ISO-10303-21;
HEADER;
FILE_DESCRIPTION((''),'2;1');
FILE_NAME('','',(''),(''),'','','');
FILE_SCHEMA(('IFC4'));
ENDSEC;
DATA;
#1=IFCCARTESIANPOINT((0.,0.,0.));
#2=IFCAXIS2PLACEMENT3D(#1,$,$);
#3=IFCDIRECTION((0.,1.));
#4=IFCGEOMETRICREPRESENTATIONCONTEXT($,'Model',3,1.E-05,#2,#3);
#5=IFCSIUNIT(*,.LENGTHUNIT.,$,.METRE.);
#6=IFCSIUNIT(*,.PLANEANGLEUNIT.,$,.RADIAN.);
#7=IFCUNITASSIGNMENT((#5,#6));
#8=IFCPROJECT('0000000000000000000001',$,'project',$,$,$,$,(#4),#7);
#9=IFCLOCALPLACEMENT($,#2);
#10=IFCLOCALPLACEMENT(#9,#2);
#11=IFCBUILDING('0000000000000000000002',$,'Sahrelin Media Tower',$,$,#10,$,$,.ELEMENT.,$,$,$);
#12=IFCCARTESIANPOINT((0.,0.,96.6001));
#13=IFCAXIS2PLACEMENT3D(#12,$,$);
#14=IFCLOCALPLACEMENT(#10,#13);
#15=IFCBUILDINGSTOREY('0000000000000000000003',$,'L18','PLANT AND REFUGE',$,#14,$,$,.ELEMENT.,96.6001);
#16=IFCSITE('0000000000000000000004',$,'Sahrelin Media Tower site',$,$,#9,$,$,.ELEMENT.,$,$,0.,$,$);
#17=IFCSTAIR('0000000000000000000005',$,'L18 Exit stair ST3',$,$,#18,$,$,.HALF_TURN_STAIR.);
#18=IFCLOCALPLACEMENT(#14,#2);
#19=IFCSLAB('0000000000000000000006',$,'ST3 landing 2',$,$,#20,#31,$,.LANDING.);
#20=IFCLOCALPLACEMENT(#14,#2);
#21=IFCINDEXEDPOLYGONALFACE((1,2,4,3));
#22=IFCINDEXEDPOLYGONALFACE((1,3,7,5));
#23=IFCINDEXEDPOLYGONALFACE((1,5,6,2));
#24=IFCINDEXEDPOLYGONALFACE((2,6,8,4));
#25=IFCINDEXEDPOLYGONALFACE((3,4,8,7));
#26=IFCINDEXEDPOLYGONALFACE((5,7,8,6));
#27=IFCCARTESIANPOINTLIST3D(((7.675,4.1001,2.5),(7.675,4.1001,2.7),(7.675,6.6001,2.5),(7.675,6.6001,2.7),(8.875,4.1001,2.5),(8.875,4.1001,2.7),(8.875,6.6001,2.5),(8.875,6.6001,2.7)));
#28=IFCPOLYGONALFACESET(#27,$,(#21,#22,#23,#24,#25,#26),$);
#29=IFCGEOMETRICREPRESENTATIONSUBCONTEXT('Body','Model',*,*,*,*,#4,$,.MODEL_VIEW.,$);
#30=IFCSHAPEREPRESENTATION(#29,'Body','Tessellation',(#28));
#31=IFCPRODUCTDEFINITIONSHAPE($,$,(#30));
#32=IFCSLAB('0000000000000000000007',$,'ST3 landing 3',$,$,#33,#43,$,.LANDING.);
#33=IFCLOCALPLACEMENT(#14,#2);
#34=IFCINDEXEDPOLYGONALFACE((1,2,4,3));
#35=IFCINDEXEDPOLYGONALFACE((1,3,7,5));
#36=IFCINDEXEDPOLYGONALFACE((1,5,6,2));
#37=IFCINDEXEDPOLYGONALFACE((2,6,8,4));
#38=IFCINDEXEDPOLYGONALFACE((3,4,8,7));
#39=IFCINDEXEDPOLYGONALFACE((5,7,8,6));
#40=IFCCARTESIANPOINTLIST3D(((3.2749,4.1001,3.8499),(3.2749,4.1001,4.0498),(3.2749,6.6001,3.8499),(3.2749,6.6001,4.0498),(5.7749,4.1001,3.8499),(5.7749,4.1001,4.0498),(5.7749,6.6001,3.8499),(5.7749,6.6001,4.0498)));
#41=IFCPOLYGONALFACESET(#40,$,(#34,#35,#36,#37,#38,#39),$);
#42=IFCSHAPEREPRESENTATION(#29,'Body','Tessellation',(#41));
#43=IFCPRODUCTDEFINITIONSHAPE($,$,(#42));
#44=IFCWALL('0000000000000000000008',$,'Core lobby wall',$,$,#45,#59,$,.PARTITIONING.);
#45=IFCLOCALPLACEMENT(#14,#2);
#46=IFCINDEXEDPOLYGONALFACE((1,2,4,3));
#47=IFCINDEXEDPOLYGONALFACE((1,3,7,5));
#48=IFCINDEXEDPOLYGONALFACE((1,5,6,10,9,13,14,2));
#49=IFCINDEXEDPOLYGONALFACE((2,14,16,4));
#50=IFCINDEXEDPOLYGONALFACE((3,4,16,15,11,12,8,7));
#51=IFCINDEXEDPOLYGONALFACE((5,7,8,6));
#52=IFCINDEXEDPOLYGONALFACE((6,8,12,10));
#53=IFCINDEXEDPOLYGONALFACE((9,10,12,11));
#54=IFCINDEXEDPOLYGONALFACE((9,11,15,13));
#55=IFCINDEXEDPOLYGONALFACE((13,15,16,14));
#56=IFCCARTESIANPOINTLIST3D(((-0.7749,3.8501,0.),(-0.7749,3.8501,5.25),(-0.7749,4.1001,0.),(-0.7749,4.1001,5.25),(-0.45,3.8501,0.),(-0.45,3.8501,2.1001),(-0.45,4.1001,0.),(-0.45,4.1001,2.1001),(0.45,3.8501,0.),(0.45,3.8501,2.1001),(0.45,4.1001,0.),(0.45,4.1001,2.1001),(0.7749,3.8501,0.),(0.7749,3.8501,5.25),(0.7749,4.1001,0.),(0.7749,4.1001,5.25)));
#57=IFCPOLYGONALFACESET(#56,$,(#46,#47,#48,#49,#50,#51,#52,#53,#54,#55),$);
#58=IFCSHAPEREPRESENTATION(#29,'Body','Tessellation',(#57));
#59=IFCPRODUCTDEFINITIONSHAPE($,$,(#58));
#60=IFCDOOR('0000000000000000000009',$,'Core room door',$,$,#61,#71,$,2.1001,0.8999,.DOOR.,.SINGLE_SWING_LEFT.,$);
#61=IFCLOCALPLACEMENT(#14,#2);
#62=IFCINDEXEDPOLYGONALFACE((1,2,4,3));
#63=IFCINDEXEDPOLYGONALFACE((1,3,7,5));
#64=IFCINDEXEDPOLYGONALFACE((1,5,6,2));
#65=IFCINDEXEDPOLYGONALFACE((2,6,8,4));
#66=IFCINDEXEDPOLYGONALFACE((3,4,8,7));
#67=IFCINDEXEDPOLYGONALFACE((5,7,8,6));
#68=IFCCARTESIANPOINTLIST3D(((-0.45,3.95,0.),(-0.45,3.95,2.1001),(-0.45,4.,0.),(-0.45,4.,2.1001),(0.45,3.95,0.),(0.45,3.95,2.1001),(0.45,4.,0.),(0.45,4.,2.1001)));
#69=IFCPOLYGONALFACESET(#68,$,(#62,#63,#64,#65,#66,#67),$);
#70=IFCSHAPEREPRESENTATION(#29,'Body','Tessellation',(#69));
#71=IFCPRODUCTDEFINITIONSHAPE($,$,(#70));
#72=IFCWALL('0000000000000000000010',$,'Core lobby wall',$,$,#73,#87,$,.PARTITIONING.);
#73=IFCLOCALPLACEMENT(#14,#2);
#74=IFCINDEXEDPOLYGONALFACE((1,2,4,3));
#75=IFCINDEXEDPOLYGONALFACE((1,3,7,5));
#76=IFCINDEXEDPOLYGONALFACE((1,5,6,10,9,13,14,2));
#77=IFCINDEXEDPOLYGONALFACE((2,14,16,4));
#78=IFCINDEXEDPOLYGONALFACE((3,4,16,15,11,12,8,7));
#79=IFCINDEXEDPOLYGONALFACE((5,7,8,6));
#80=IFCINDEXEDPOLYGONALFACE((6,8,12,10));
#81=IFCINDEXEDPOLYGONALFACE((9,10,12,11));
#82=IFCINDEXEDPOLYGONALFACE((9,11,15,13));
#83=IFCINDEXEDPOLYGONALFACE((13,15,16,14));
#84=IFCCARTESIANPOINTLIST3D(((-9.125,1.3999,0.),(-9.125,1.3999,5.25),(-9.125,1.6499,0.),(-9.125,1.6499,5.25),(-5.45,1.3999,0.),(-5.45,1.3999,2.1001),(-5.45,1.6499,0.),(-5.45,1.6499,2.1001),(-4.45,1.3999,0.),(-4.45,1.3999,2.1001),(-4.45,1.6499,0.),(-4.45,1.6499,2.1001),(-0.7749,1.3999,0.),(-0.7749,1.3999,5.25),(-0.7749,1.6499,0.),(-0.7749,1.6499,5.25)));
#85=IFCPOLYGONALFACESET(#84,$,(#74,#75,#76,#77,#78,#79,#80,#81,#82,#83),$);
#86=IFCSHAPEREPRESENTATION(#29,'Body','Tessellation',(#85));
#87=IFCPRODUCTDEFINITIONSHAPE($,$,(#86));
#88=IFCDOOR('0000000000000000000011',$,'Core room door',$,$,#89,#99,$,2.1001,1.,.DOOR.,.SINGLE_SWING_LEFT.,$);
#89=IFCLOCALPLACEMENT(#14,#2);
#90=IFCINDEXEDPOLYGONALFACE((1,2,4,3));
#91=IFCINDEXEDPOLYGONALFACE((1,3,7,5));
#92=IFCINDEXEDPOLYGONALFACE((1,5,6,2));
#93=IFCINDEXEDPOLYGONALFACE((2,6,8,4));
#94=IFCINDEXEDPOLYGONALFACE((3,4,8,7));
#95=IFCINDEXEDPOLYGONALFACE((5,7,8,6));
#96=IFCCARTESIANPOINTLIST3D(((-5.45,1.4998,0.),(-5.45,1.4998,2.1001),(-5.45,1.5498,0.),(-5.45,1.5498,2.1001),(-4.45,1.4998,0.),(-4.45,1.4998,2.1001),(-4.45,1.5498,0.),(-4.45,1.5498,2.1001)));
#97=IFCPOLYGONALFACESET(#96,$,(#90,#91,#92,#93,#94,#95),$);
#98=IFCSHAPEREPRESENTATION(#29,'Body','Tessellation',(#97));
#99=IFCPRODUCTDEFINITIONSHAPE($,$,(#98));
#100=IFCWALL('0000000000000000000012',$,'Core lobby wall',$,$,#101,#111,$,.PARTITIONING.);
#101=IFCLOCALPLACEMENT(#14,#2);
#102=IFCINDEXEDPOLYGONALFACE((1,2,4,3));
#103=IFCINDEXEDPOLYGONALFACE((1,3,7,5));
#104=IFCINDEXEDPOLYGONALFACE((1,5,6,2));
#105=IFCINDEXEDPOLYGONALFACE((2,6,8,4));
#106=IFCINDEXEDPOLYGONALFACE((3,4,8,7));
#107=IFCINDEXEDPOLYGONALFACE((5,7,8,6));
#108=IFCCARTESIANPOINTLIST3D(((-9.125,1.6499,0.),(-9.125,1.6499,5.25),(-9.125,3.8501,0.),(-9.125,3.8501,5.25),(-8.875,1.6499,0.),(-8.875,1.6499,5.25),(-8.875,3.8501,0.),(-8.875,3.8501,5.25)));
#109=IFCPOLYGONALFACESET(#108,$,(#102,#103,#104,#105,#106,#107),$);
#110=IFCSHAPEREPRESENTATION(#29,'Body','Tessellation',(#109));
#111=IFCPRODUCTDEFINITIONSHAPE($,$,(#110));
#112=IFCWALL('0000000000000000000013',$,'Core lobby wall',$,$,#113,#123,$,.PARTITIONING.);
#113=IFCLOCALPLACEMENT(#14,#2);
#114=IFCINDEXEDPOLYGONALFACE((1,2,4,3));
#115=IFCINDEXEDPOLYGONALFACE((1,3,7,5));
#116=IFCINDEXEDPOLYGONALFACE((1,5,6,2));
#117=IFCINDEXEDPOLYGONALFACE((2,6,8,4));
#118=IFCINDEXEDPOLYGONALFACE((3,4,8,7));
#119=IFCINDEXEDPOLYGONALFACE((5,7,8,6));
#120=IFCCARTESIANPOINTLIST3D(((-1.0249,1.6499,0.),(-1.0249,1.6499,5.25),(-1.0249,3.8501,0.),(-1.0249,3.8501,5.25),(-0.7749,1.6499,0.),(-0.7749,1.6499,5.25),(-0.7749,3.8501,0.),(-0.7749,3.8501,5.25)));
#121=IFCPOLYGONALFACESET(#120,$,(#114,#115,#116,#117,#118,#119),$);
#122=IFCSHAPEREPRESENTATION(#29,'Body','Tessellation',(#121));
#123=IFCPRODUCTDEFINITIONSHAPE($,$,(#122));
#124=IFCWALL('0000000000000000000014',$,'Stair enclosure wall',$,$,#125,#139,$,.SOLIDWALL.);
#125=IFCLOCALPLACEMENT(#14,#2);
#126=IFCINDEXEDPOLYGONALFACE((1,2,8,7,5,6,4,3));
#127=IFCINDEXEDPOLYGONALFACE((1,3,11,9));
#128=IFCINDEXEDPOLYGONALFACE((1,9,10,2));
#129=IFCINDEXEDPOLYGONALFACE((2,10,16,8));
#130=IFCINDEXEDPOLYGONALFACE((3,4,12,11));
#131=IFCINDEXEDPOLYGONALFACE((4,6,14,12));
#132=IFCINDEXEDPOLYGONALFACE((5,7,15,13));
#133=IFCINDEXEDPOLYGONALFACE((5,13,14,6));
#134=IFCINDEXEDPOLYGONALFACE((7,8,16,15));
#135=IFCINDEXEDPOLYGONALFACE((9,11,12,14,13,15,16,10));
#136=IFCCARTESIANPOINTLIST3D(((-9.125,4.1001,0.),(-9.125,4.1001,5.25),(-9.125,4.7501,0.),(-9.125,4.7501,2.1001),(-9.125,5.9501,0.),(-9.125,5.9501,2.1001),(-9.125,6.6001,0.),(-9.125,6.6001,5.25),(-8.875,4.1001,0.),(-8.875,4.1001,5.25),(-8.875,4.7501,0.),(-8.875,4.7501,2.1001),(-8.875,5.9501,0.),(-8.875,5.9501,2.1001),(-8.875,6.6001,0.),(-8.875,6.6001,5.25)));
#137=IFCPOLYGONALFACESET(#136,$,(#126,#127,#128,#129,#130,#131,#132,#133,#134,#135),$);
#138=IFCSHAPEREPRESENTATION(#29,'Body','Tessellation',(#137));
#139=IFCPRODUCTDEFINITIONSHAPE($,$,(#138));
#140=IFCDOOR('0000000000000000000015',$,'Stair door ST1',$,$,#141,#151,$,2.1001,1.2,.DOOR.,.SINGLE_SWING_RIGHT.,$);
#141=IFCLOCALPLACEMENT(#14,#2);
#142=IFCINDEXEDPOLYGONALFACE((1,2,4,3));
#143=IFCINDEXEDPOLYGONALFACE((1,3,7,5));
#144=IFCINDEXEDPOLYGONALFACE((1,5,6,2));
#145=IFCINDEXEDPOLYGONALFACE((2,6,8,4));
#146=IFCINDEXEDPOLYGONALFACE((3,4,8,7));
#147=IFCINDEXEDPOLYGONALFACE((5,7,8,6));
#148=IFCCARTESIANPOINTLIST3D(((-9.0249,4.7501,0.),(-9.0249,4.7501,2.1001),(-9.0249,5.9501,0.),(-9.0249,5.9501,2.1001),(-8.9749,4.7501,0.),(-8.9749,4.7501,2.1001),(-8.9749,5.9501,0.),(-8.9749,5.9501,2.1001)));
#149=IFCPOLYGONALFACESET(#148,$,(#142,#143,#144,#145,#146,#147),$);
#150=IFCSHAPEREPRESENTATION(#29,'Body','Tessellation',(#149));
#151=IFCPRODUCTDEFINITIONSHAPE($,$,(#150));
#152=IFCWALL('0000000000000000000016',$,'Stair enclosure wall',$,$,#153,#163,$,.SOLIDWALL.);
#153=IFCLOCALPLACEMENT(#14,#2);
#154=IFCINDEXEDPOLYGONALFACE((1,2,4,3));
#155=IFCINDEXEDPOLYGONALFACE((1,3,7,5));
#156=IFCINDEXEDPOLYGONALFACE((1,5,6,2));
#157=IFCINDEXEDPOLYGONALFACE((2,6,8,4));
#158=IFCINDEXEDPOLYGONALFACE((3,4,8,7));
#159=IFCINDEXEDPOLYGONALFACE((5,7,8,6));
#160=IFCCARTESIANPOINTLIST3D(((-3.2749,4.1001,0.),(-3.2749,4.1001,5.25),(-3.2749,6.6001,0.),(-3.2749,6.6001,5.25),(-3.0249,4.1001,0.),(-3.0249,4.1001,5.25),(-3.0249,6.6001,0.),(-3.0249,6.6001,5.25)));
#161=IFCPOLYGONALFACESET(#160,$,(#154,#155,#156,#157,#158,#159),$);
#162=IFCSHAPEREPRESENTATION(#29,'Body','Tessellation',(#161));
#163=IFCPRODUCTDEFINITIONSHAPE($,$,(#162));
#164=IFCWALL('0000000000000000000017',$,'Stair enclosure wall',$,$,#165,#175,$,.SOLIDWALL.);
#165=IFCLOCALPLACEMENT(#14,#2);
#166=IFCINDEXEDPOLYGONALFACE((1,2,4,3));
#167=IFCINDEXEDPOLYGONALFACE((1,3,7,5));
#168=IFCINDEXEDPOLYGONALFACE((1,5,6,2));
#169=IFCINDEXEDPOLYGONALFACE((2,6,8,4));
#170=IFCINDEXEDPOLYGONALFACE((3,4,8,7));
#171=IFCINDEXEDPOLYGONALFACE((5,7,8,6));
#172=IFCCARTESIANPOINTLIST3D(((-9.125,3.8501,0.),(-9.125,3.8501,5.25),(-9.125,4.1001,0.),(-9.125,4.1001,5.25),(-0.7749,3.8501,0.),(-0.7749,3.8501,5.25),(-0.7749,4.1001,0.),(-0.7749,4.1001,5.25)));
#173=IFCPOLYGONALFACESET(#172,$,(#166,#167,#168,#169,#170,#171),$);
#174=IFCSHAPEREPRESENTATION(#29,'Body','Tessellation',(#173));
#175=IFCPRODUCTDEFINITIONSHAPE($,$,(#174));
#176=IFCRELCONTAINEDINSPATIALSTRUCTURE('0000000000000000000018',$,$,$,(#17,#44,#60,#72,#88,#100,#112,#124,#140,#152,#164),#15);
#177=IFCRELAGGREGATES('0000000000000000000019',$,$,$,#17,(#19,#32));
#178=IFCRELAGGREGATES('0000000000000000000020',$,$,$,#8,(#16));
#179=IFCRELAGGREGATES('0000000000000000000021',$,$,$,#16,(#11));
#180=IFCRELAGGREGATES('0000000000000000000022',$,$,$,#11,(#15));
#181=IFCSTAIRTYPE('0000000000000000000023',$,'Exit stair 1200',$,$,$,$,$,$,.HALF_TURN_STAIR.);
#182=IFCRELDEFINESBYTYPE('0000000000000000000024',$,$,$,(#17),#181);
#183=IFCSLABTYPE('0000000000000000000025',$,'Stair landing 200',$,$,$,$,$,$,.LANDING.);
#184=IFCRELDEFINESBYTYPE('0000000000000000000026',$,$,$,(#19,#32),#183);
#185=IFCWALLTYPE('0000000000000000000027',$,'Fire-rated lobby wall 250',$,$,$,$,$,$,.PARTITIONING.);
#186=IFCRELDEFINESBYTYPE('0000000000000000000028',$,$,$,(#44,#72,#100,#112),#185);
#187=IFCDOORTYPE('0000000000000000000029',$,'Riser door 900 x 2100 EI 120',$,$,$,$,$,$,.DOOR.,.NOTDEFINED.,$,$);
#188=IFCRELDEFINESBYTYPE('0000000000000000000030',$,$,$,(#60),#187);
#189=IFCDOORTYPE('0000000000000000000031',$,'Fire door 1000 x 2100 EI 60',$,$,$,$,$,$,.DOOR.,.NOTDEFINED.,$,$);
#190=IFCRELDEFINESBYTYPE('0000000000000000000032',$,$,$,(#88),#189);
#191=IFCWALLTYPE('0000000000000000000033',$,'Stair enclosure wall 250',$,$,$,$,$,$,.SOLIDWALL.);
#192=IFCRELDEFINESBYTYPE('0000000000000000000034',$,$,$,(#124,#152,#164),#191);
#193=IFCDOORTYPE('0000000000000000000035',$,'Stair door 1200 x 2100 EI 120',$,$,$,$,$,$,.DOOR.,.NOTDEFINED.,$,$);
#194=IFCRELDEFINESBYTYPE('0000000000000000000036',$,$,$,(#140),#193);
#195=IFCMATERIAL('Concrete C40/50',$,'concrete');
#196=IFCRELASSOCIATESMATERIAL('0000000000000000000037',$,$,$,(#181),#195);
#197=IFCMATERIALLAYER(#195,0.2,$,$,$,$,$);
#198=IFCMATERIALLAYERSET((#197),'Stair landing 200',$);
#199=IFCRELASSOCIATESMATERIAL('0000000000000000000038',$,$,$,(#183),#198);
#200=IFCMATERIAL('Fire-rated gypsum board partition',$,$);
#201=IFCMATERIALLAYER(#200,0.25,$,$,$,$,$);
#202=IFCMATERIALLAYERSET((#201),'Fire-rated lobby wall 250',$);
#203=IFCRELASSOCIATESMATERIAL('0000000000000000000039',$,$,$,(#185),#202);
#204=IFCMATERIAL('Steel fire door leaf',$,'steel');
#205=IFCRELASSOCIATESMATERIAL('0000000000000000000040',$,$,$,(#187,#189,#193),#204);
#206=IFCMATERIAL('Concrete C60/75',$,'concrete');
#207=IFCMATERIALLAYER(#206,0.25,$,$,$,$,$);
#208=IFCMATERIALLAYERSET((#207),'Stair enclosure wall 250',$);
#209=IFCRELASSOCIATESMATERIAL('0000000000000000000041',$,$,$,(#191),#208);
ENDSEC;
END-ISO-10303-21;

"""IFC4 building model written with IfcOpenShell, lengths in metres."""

from ifc_helpers import new_model, si_unit, direction, frame, frame_2d, origin, place, context, subcontext, project, spatial, polyline, rectangle, outline, extrude, material, layer, layer_set, type_object, element, fill, aggregate, save


model = new_model("IFC4")

# Units and contexts
model_context = context("Model", 3, precision=1e-05, world=origin(), true_north=direction((0.0, 1.0)))
body_context = subcontext(model_context, "Body", "Model", "MODEL_VIEW")
ifc_project = project(units=[si_unit("LENGTHUNIT", "METRE"), si_unit("PLANEANGLEUNIT", "RADIAN")], contexts=[model_context])

# Site, building, storey
site_placement = place(None, origin())
site = spatial("IfcSite", under=ifc_project, at=site_placement, Name="Sahrelin Media Tower site", CompositionType="ELEMENT", RefElevation=0.0)
building_placement = place(site_placement, origin())
building = spatial("IfcBuilding", under=site, at=building_placement, Name="Sahrelin Media Tower", CompositionType="ELEMENT")
storey_placement = place(building_placement, frame((0.0, 0.0, 96.6001)))
storey = spatial("IfcBuildingStorey", under=building, at=storey_placement, Name="L18", Description="PLANT AND REFUGE", CompositionType="ELEMENT", Elevation=96.6001)

# Stair, slabs
ifc_material_1 = material(Name="Concrete C40/50", Category="concrete")
stair_type = type_object("IfcStairType", Name="Exit stair 1200", PredefinedType="HALF_TURN_STAIR", material=ifc_material_1)
stair_placement = place(storey_placement, origin())
stair = element("IfcStair", 1, at=stair_placement, inside=storey, type_object=stair_type, Name="L18 Exit stair ST3", PredefinedType="HALF_TURN_STAIR")
ifc_layer_1 = layer(ifc_material_1, 0.2)
ifc_layer_set_1 = layer_set([ifc_layer_1], Name="Stair landing 200")
slab_type = type_object("IfcSlabType", Name="Stair landing 200", PredefinedType="LANDING", material=ifc_layer_set_1)
slab_1_placement = place(storey_placement, frame((0.0, 0.0, 2.5)))
slab_1 = element("IfcSlab", 2, at=slab_1_placement, type_object=slab_type, Name="ST3 landing 2", PredefinedType="LANDING", context=body_context, shape_type="SweptSolid", body=[
    extrude(outline(polyline([(8.875, 6.6001), (7.675, 6.6001), (7.675, 4.1001), (8.875, 4.1001), (8.875, 6.6001)])), origin(), (0.0, 0.0, 1.0), 0.2),
])
slab_2_placement = place(storey_placement, frame((0.0, 0.0, 3.8499)))
slab_2 = element("IfcSlab", 3, at=slab_2_placement, type_object=slab_type, Name="ST3 landing 3", PredefinedType="LANDING", context=body_context, shape_type="SweptSolid", body=[
    extrude(outline(polyline([(5.7749, 6.6001), (3.2749, 6.6001), (3.2749, 4.1001), (5.7749, 4.1001), (5.7749, 6.6001)])), origin(), (0.0, 0.0, 1.0), 0.2),
])
aggregate(stair, [slab_1, slab_2])

# Walls, openings, doors
ifc_material_2 = material(Name="Fire-rated gypsum board partition")
ifc_layer_2 = layer(ifc_material_2, 0.25)
ifc_layer_set_2 = layer_set([ifc_layer_2], Name="Fire-rated lobby wall 250")
wall_type_1 = type_object("IfcWallType", Name="Fire-rated lobby wall 250", PredefinedType="PARTITIONING", material=ifc_layer_set_2)
wall_1_placement = place(storey_placement, frame((-0.7749, 3.9751, 0.0), z_axis=(0.0, 0.0, 1.0), x_axis=(1.0, 0.0, 0.0)))
wall_1 = element("IfcWall", 4, at=wall_1_placement, inside=storey, type_object=wall_type_1, Name="Core lobby wall", PredefinedType="PARTITIONING", context=body_context, shape_type="SweptSolid", body=[
    extrude(rectangle(XDim=1.5498, YDim=0.25, at=frame_2d((0.7749, 0.0))), origin(), (0.0, 0.0, 1.0), 5.25),
])
opening_1_placement = place(wall_1_placement, frame((0.325, 0.0, 0.0)))
opening_1 = element("IfcOpeningElement", 5, at=opening_1_placement, cuts=wall_1, PredefinedType="OPENING", context=body_context, shape_type="SweptSolid", body=[
    extrude(rectangle(XDim=0.8999, YDim=2.1001, at=frame_2d((0.45, 1.05))), frame((0.0, 0.125, 0.0), z_axis=(0.0, -1.0, 0.0), x_axis=(1.0, 0.0, 0.0)), (0.0, 0.0, 1.0), 0.25),
])
ifc_material_3 = material(Name="Steel fire door leaf", Category="steel")
door_type_1 = type_object("IfcDoorType", Name="Riser door 900 x 2100 EI 120", OperationType="NOTDEFINED", PredefinedType="DOOR", material=ifc_material_3)
door_1_placement = place(opening_1_placement, origin())
door_1 = element("IfcDoor", 6, at=door_1_placement, inside=storey, type_object=door_type_1, Name="Core room door", OperationType="SINGLE_SWING_LEFT", OverallHeight=2.1001, OverallWidth=0.8999, PredefinedType="DOOR", context=body_context, shape_type="SweptSolid", body=[
    extrude(rectangle(XDim=0.8999, YDim=2.1001, at=frame_2d((0.45, 1.05))), frame((0.0, 0.0249, 0.0), z_axis=(0.0, -1.0, 0.0), x_axis=(1.0, 0.0, 0.0)), (0.0, 0.0, 1.0), 0.05),
])
fill(opening_1, door_1)
wall_2_placement = place(storey_placement, frame((-9.125, 1.5249, 0.0), z_axis=(0.0, 0.0, 1.0), x_axis=(1.0, 0.0, 0.0)))
wall_2 = element("IfcWall", 7, at=wall_2_placement, inside=storey, type_object=wall_type_1, Name="Core lobby wall", PredefinedType="PARTITIONING", context=body_context, shape_type="SweptSolid", body=[
    extrude(rectangle(XDim=8.3501, YDim=0.25, at=frame_2d((4.175, 0.0))), origin(), (0.0, 0.0, 1.0), 5.25),
])
opening_2_placement = place(wall_2_placement, frame((3.675, 0.0, 0.0)))
opening_2 = element("IfcOpeningElement", 8, at=opening_2_placement, cuts=wall_2, PredefinedType="OPENING", context=body_context, shape_type="SweptSolid", body=[
    extrude(rectangle(XDim=1.0, YDim=2.1001, at=frame_2d((0.5, 1.05))), frame((0.0, 0.125, 0.0), z_axis=(0.0, -1.0, 0.0), x_axis=(1.0, 0.0, 0.0)), (0.0, 0.0, 1.0), 0.25),
])
door_type_2 = type_object("IfcDoorType", Name="Fire door 1000 x 2100 EI 60", OperationType="NOTDEFINED", PredefinedType="DOOR", material=ifc_material_3)
door_2_placement = place(opening_2_placement, origin())
door_2 = element("IfcDoor", 9, at=door_2_placement, inside=storey, type_object=door_type_2, Name="Core room door", OperationType="SINGLE_SWING_LEFT", OverallHeight=2.1001, OverallWidth=1.0, PredefinedType="DOOR", context=body_context, shape_type="SweptSolid", body=[
    extrude(rectangle(XDim=1.0, YDim=2.1001, at=frame_2d((0.5, 1.05))), frame((0.0, 0.0249, 0.0), z_axis=(0.0, -1.0, 0.0), x_axis=(1.0, 0.0, 0.0)), (0.0, 0.0, 1.0), 0.05),
])
fill(opening_2, door_2)

# Walls
for number, where, z_axis, x_axis, name in (
    (10, (-9.0, 1.6499, 0.0), (0.0, 0.0, 1.0), (0.0, 1.0, 0.0), "Core lobby wall"),
    (11, (-0.8999, 1.6499, 0.0), (0.0, 0.0, 1.0), (0.0, 1.0, 0.0), "Core lobby wall"),
):
    element("IfcWall", number, at=place(storey_placement, frame(where, z_axis=z_axis, x_axis=x_axis)), inside=storey, type_object=wall_type_1, Name=name, PredefinedType="PARTITIONING", context=body_context, shape_type="SweptSolid", body=[
        extrude(rectangle(XDim=2.2002, YDim=0.25, at=frame_2d((1.1001, 0.0))), origin(), (0.0, 0.0, 1.0), 5.25),
    ])

# Wall, opening, door
ifc_material_4 = material(Name="Concrete C60/75", Category="concrete")
ifc_layer_3 = layer(ifc_material_4, 0.25)
ifc_layer_set_3 = layer_set([ifc_layer_3], Name="Stair enclosure wall 250")
wall_type_2 = type_object("IfcWallType", Name="Stair enclosure wall 250", PredefinedType="SOLIDWALL", material=ifc_layer_set_3)
wall_3_placement = place(storey_placement, frame((-9.0, 4.1001, 0.0), z_axis=(0.0, 0.0, 1.0), x_axis=(0.0, 1.0, 0.0)))
wall_3 = element("IfcWall", 12, at=wall_3_placement, inside=storey, type_object=wall_type_2, Name="Stair enclosure wall", PredefinedType="SOLIDWALL", context=body_context, shape_type="SweptSolid", body=[
    extrude(rectangle(XDim=2.5, YDim=0.25, at=frame_2d((1.25, 0.0))), origin(), (0.0, 0.0, 1.0), 5.25),
])
opening_3_placement = place(wall_3_placement, frame((0.6499, 0.0, 0.0)))
opening_3 = element("IfcOpeningElement", 13, at=opening_3_placement, cuts=wall_3, PredefinedType="OPENING", context=body_context, shape_type="SweptSolid", body=[
    extrude(rectangle(XDim=1.2, YDim=2.1001, at=frame_2d((0.6001, 1.05))), frame((0.0, 0.125, 0.0), z_axis=(0.0, -1.0, 0.0), x_axis=(1.0, 0.0, 0.0)), (0.0, 0.0, 1.0), 0.25),
])
door_type_3 = type_object("IfcDoorType", Name="Stair door 1200 x 2100 EI 120", OperationType="NOTDEFINED", PredefinedType="DOOR", material=ifc_material_3)
door_3_placement = place(opening_3_placement, origin())
door_3 = element("IfcDoor", 14, at=door_3_placement, inside=storey, type_object=door_type_3, Name="Stair door ST1", OperationType="SINGLE_SWING_RIGHT", OverallHeight=2.1001, OverallWidth=1.2, PredefinedType="DOOR", context=body_context, shape_type="SweptSolid", body=[
    extrude(rectangle(XDim=1.2, YDim=2.1001, at=frame_2d((0.6001, 1.05))), frame((0.0, 0.0249, 0.0), z_axis=(0.0, -1.0, 0.0), x_axis=(1.0, 0.0, 0.0)), (0.0, 0.0, 1.0), 0.05),
])
fill(opening_3, door_3)

# Walls
wall_4_placement = place(storey_placement, frame((-3.1499, 4.1001, 0.0), z_axis=(0.0, 0.0, 1.0), x_axis=(0.0, 1.0, 0.0)))
element("IfcWall", 15, at=wall_4_placement, inside=storey, type_object=wall_type_2, Name="Stair enclosure wall", PredefinedType="SOLIDWALL", context=body_context, shape_type="SweptSolid", body=[
    extrude(rectangle(XDim=2.5, YDim=0.25, at=frame_2d((1.25, 0.0))), origin(), (0.0, 0.0, 1.0), 5.25),
])
wall_5_placement = place(storey_placement, frame((-9.125, 3.9751, 0.0), z_axis=(0.0, 0.0, 1.0), x_axis=(1.0, 0.0, 0.0)))
element("IfcWall", 16, at=wall_5_placement, inside=storey, type_object=wall_type_2, Name="Stair enclosure wall", PredefinedType="SOLIDWALL", context=body_context, shape_type="SweptSolid", body=[
    extrude(rectangle(XDim=8.3501, YDim=0.25, at=frame_2d((4.175, 0.0))), origin(), (0.0, 0.0, 1.0), 5.25),
])

save(model, "model.ifc")
